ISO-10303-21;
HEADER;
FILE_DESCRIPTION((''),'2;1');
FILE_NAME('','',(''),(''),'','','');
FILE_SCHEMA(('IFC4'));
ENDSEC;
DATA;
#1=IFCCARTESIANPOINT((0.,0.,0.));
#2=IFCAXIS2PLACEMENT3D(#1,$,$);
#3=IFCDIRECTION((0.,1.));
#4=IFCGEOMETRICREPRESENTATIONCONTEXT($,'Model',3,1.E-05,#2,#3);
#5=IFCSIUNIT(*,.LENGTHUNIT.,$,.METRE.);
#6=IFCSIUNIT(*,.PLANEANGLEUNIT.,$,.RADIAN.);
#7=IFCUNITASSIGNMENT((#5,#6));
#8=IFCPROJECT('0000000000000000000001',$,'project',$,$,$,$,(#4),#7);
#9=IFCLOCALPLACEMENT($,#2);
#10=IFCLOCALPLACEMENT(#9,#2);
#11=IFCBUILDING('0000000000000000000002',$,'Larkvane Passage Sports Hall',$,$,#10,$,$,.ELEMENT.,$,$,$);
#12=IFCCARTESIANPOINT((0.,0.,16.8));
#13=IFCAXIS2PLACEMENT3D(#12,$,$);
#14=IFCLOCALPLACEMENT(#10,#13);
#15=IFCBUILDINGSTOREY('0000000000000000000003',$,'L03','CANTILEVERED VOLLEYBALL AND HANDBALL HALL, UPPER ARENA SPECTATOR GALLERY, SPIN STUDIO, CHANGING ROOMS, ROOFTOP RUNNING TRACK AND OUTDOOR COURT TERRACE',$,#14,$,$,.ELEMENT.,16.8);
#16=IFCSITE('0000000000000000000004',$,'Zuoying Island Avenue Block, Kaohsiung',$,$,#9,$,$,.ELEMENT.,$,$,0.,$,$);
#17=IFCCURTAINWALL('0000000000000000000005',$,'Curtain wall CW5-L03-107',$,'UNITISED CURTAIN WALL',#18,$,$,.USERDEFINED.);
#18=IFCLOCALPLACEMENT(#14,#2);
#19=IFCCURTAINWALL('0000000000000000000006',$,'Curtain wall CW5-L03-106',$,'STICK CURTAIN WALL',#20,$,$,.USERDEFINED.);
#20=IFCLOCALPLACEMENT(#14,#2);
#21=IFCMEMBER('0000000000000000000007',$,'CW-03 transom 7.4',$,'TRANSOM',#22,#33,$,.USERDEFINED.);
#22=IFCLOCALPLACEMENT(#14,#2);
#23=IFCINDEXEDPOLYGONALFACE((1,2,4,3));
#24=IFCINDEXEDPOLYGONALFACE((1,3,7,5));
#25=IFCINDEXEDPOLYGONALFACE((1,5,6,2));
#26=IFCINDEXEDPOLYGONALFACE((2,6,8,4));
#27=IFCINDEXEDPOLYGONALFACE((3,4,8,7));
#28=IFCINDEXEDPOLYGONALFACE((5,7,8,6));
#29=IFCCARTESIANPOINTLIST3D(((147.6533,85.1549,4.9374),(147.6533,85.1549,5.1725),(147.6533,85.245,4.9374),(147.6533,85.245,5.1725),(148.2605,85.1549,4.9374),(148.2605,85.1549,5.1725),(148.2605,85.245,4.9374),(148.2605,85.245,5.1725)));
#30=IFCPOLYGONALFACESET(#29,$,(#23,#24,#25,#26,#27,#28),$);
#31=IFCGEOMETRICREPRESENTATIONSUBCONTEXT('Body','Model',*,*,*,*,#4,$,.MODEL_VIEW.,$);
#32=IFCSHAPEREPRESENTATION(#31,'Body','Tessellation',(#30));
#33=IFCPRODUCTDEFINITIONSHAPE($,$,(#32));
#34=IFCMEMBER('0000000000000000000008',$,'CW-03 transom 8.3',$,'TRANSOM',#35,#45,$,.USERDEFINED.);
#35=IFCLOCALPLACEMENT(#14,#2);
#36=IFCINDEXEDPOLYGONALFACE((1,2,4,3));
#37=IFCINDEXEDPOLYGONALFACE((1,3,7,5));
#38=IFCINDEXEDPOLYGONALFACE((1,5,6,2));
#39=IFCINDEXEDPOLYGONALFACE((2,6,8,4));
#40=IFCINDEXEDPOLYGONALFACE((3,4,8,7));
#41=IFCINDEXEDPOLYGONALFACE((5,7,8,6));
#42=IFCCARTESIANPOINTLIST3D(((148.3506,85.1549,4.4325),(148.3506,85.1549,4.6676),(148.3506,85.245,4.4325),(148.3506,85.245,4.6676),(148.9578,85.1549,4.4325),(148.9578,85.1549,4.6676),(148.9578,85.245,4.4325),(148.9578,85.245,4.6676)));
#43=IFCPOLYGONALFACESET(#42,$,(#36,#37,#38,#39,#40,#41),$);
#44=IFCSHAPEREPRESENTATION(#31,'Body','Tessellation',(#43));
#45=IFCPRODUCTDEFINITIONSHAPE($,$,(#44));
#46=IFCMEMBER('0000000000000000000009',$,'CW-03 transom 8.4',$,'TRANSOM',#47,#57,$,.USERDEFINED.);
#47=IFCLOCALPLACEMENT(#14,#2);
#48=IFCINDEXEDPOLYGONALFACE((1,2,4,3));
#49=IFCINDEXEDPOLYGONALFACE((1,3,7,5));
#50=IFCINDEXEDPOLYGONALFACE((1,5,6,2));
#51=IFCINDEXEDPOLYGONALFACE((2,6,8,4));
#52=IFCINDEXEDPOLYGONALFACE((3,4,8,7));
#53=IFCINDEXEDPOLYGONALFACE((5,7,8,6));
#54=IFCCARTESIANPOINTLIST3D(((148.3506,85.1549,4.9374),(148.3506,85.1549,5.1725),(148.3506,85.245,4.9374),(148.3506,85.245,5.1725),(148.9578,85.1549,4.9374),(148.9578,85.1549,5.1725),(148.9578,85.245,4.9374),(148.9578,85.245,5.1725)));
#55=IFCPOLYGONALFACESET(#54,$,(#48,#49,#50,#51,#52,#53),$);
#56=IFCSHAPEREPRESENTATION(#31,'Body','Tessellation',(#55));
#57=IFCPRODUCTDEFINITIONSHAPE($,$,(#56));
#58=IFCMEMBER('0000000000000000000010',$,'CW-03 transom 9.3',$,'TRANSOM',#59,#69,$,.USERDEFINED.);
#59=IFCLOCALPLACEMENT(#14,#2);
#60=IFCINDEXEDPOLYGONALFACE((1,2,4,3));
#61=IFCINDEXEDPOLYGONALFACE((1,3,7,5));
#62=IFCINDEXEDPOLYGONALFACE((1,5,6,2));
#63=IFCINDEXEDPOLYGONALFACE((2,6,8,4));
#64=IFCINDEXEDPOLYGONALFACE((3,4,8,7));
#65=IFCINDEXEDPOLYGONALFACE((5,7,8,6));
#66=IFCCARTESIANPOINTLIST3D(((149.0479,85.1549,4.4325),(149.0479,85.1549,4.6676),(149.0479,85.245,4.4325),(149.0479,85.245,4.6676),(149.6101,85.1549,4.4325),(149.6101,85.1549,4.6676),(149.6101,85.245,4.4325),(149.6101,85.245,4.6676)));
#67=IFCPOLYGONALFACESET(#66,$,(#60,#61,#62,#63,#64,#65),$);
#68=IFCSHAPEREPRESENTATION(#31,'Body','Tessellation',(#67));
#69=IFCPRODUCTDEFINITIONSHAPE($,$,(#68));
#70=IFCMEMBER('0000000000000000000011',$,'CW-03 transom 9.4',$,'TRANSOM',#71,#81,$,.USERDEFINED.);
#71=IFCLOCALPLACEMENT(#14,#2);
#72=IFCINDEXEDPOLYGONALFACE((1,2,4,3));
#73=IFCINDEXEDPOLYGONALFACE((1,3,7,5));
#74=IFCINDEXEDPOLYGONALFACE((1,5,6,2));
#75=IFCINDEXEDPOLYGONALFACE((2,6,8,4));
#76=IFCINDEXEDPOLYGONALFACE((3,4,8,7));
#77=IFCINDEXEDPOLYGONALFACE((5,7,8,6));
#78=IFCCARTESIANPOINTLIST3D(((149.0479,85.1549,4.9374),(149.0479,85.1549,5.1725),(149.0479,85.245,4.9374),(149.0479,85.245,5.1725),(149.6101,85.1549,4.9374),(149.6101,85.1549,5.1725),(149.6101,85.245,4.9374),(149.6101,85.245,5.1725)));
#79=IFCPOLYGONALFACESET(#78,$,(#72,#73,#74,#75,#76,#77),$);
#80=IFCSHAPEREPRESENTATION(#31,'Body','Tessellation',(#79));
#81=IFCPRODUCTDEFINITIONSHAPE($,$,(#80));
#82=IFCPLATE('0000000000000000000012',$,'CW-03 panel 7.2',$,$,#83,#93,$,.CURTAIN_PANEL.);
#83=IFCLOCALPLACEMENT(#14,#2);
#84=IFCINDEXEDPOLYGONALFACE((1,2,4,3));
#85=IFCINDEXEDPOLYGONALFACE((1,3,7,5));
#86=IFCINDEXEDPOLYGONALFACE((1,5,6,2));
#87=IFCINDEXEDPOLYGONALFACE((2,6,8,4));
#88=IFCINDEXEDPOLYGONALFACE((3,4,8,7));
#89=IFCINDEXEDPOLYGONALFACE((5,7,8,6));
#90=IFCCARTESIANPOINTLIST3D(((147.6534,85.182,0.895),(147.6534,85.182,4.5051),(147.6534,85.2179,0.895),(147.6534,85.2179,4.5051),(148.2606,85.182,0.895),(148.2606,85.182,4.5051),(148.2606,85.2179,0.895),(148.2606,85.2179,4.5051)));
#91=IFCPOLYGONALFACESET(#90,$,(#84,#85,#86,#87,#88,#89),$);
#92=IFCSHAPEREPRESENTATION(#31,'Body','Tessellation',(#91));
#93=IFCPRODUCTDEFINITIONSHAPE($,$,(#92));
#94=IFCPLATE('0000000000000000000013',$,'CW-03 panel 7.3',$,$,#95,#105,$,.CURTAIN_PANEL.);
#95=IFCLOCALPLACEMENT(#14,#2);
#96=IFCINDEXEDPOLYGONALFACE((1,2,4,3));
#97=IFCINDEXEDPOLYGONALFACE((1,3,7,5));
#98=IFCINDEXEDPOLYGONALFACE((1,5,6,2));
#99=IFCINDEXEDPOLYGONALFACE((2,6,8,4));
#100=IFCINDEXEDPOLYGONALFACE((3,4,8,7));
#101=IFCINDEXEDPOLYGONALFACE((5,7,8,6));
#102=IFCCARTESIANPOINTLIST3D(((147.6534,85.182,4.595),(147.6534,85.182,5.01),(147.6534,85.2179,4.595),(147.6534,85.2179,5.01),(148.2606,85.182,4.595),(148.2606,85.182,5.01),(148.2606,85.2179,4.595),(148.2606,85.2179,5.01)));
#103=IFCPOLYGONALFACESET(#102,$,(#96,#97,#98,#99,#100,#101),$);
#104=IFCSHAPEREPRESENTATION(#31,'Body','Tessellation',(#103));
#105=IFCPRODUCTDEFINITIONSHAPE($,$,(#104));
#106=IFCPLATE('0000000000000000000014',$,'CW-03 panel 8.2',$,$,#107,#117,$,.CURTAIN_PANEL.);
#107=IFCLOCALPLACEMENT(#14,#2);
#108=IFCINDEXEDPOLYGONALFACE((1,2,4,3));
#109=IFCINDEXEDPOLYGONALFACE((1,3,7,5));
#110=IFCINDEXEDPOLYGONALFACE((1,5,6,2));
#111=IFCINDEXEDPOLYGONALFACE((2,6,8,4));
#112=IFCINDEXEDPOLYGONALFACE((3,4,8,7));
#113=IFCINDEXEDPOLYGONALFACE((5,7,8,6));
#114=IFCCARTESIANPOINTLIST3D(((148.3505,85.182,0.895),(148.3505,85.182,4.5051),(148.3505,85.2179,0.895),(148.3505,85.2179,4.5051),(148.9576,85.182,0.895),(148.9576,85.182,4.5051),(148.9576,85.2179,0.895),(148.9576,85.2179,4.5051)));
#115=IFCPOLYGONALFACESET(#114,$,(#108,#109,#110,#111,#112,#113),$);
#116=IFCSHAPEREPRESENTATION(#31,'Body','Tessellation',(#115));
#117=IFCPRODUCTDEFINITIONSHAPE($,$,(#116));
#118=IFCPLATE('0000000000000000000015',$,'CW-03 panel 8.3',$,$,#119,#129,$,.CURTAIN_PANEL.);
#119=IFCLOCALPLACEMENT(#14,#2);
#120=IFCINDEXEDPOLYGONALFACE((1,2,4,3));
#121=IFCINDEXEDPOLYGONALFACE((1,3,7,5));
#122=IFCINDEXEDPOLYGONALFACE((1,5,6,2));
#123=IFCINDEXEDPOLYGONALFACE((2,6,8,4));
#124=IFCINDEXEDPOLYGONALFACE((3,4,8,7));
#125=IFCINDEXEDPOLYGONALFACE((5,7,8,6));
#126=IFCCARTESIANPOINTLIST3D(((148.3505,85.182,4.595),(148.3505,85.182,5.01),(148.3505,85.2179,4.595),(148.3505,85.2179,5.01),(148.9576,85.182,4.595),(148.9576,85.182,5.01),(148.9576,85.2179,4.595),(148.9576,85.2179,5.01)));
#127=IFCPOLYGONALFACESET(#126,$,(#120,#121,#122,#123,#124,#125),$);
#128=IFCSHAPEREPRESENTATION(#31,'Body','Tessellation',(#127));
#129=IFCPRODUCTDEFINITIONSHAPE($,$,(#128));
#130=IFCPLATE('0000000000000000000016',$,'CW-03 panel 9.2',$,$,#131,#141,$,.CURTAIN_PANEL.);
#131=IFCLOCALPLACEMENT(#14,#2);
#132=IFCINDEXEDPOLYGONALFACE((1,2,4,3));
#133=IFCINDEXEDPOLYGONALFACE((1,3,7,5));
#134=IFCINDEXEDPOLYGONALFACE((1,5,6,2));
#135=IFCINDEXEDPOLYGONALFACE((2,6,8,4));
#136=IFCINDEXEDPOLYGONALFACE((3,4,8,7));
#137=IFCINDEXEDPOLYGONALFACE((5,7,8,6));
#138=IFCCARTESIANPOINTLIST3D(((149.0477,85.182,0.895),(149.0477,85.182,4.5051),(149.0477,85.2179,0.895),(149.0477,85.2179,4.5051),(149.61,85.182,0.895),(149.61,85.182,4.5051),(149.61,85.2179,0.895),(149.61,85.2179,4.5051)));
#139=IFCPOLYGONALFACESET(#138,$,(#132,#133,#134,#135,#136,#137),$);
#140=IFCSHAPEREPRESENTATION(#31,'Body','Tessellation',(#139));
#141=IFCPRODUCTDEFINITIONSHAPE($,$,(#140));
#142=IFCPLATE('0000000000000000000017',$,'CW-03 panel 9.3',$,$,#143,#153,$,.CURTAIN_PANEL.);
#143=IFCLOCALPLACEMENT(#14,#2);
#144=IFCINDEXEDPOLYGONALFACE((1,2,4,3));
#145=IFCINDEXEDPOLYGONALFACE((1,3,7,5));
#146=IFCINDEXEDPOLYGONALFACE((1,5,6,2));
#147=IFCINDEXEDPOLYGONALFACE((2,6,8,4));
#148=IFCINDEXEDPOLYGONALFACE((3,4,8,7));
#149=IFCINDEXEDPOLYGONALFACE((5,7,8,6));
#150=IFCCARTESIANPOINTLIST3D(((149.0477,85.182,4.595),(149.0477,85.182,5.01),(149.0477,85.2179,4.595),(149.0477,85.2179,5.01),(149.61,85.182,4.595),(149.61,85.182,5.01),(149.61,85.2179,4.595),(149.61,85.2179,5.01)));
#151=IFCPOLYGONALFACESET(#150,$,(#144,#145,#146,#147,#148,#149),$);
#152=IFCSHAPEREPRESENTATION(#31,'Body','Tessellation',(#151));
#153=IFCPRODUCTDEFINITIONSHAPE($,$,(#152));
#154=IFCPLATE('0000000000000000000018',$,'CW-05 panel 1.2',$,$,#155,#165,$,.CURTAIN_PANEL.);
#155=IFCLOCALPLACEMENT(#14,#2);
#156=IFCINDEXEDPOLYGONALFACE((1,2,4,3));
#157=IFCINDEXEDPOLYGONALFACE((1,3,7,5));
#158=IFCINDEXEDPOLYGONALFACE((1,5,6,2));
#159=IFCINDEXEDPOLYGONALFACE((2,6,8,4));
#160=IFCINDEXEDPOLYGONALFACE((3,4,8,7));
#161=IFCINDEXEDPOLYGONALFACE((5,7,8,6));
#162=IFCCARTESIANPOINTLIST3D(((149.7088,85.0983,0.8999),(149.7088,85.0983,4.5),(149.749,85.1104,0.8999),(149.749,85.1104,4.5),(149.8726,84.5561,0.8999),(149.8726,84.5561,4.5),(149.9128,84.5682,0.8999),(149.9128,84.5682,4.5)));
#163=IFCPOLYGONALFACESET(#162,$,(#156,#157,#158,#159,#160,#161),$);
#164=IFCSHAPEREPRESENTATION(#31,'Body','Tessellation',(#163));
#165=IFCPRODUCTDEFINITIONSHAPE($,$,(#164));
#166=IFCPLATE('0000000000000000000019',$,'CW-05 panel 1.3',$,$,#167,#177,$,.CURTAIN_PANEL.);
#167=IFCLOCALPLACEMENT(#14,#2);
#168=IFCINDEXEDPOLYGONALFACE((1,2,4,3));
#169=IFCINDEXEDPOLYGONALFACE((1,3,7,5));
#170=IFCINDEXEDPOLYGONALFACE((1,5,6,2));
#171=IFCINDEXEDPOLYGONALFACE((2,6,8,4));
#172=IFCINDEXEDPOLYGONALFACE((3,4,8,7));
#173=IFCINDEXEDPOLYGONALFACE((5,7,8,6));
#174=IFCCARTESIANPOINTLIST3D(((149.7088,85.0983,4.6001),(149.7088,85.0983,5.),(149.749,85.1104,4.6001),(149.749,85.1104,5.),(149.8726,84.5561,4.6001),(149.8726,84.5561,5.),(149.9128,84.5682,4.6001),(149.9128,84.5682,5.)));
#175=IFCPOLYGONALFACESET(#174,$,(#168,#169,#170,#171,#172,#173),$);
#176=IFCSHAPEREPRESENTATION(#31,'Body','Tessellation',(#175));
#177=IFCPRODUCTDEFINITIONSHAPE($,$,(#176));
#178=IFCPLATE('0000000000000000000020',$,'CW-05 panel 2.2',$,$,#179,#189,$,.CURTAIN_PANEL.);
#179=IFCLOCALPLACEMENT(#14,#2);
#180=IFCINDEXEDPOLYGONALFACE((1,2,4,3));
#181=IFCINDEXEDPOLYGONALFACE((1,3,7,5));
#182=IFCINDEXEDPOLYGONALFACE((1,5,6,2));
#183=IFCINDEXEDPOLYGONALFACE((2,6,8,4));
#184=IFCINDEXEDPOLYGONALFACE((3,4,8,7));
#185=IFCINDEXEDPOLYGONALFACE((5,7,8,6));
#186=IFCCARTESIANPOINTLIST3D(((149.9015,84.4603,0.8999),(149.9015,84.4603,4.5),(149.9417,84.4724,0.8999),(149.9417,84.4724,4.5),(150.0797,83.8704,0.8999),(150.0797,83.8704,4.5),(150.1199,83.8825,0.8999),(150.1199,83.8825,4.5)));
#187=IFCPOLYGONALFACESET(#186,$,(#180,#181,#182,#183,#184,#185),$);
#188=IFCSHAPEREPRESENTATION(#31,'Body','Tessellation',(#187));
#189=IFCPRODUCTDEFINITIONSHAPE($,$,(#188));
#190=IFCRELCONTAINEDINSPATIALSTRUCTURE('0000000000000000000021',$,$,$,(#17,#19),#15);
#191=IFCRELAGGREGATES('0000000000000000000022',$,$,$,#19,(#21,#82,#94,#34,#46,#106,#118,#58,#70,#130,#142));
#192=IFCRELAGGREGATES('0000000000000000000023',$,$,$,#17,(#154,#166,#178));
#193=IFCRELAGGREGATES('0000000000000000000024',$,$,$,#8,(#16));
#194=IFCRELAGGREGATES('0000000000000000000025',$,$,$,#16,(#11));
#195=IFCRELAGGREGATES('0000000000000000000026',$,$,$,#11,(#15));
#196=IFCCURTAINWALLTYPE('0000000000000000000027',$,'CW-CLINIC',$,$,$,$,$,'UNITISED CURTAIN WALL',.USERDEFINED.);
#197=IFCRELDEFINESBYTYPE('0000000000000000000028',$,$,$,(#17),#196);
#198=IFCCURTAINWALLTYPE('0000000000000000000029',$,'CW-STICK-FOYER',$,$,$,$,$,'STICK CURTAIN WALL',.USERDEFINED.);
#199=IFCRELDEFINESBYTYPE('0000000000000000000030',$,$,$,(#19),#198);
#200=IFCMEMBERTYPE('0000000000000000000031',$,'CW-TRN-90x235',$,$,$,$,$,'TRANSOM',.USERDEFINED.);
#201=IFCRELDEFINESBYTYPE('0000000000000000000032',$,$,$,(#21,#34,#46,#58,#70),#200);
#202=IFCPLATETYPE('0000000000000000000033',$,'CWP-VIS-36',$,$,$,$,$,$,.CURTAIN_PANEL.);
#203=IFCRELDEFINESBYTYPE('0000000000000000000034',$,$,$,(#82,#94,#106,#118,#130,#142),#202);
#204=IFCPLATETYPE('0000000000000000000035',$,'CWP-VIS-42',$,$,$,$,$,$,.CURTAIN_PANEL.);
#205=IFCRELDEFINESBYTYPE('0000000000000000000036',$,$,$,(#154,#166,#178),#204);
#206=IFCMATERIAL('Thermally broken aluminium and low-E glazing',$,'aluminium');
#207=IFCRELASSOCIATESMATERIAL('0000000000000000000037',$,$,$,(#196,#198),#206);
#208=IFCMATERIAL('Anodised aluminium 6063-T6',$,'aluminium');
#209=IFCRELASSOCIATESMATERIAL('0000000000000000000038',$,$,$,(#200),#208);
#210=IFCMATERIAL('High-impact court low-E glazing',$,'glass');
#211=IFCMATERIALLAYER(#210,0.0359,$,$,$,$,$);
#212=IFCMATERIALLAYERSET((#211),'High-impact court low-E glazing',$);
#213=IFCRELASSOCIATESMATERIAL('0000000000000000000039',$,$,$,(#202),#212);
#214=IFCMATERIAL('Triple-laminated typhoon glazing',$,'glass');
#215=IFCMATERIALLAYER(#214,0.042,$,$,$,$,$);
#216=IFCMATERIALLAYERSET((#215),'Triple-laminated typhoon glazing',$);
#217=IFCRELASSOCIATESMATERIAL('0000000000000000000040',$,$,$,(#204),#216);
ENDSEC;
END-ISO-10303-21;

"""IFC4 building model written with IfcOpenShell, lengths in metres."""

from ifc_helpers import new_model, si_unit, direction, frame, origin, origin_2d, place, context, subcontext, project, spatial, rectangle, extrude, material, layer, layer_set, material_profile, profile_set, type_object, element, aggregate, save


model = new_model("IFC4")

# Units and contexts
model_context = context("Model", 3, precision=1e-05, world=origin(), true_north=direction((0.0, 1.0)))
body_context = subcontext(model_context, "Body", "Model", "MODEL_VIEW")
ifc_project = project(units=[si_unit("LENGTHUNIT", "METRE"), si_unit("PLANEANGLEUNIT", "RADIAN")], contexts=[model_context])

# Site, building, storey
site_placement = place(None, origin())
site = spatial("IfcSite", under=ifc_project, at=site_placement, Name="Zuoying Island Avenue Block, Kaohsiung", CompositionType="ELEMENT", RefElevation=0.0)
building_placement = place(site_placement, origin())
building = spatial("IfcBuilding", under=site, at=building_placement, Name="Larkvane Passage Sports Hall", CompositionType="ELEMENT")
storey_placement = place(building_placement, frame((0.0, 0.0, 16.8)))
storey = spatial("IfcBuildingStorey", under=building, at=storey_placement, Name="L03", Description="CANTILEVERED VOLLEYBALL AND HANDBALL HALL, UPPER ARENA SPECTATOR GALLERY, SPIN STUDIO, CHANGING ROOMS, ROOFTOP RUNNING TRACK AND OUTDOOR COURT TERRACE", CompositionType="ELEMENT", Elevation=16.8)

# Curtain wall
ifc_material_1 = material(Name="Thermally broken aluminium and low-E glazing", Category="aluminium")
curtain_wall_type_1 = type_object("IfcCurtainWallType", Name="CW-CLINIC", ElementType="UNITISED CURTAIN WALL", PredefinedType="USERDEFINED", material=ifc_material_1)
curtain_wall_1_placement = place(storey_placement, origin())
curtain_wall_1 = element("IfcCurtainWall", 1, at=curtain_wall_1_placement, inside=storey, type_object=curtain_wall_type_1, Name="Curtain wall CW5-L03-107", ObjectType="UNITISED CURTAIN WALL", PredefinedType="USERDEFINED")
ifc_material_2 = material(Name="Anodised aluminium 6063-T6", Category="aluminium")

# Curtain wall, members, plates
curtain_wall_type_2 = type_object("IfcCurtainWallType", Name="CW-STICK-FOYER", ElementType="STICK CURTAIN WALL", PredefinedType="USERDEFINED", material=ifc_material_1)
curtain_wall_2_placement = place(storey_placement, origin())
curtain_wall_2 = element("IfcCurtainWall", 2, at=curtain_wall_2_placement, inside=storey, type_object=curtain_wall_type_2, Name="Curtain wall CW5-L03-106", ObjectType="STICK CURTAIN WALL", PredefinedType="USERDEFINED")
ifc_material_profile_1 = material_profile(ifc_material_2, rectangle(XDim=0.0901, YDim=0.2351, at=origin_2d()), Name="ALU-TRN-90x235")
ifc_profile_set_1 = profile_set([ifc_material_profile_1], Name="Anodised aluminium 6063-T6")
member_type_1 = type_object("IfcMemberType", Name="CW-TRN-90x235", ElementType="TRANSOM", PredefinedType="USERDEFINED", material=ifc_profile_set_1)
member_1_placement = place(storey_placement, frame((147.6533, 85.2, 5.0549), z_axis=(1.0, 0.0, 0.0), x_axis=(0.0, 1.0, 0.0)))
member_1 = element("IfcMember", 3, at=member_1_placement, type_object=member_type_1, Name="CW-03 transom 7.4", ObjectType="TRANSOM", PredefinedType="USERDEFINED", context=body_context, shape_type="SweptSolid", body=[
    extrude(rectangle(XDim=0.0901, YDim=0.2351, at=origin_2d()), origin(), (0.0, 0.0, 1.0), 0.6072),
])
member_2_placement = place(storey_placement, frame((148.3506, 85.2, 4.55), z_axis=(1.0, 0.0, 0.0), x_axis=(0.0, 1.0, 0.0)))
member_2 = element("IfcMember", 4, at=member_2_placement, type_object=member_type_1, Name="CW-03 transom 8.3", ObjectType="TRANSOM", PredefinedType="USERDEFINED", context=body_context, shape_type="SweptSolid", body=[
    extrude(rectangle(XDim=0.0901, YDim=0.2351, at=origin_2d()), origin(), (0.0, 0.0, 1.0), 0.6072),
])
member_3_placement = place(storey_placement, frame((148.3506, 85.2, 5.0549), z_axis=(1.0, 0.0, 0.0), x_axis=(0.0, 1.0, 0.0)))
member_3 = element("IfcMember", 5, at=member_3_placement, type_object=member_type_1, Name="CW-03 transom 8.4", ObjectType="TRANSOM", PredefinedType="USERDEFINED", context=body_context, shape_type="SweptSolid", body=[
    extrude(rectangle(XDim=0.0901, YDim=0.2351, at=origin_2d()), origin(), (0.0, 0.0, 1.0), 0.6072),
])
member_4_placement = place(storey_placement, frame((149.0479, 85.2, 4.55), z_axis=(1.0, 0.0, 0.0), x_axis=(0.0, 1.0, 0.0)))
member_4 = element("IfcMember", 6, at=member_4_placement, type_object=member_type_1, Name="CW-03 transom 9.3", ObjectType="TRANSOM", PredefinedType="USERDEFINED", context=body_context, shape_type="SweptSolid", body=[
    extrude(rectangle(XDim=0.0901, YDim=0.2351, at=origin_2d()), origin(), (0.0, 0.0, 1.0), 0.5623),
])
member_5_placement = place(storey_placement, frame((149.0479, 85.2, 5.0549), z_axis=(1.0, 0.0, 0.0), x_axis=(0.0, 1.0, 0.0)))
member_5 = element("IfcMember", 7, at=member_5_placement, type_object=member_type_1, Name="CW-03 transom 9.4", ObjectType="TRANSOM", PredefinedType="USERDEFINED", context=body_context, shape_type="SweptSolid", body=[
    extrude(rectangle(XDim=0.0901, YDim=0.2351, at=origin_2d()), origin(), (0.0, 0.0, 1.0), 0.5623),
])
ifc_material_3 = material(Name="High-impact court low-E glazing", Category="glass")
ifc_layer_1 = layer(ifc_material_3, 0.0359)
ifc_layer_set_1 = layer_set([ifc_layer_1], Name="High-impact court low-E glazing")
plate_type_1 = type_object("IfcPlateType", Name="CWP-VIS-36", PredefinedType="CURTAIN_PANEL", material=ifc_layer_set_1)
plate_1_placement = place(storey_placement, frame((147.957, 85.2, 0.895), z_axis=(0.0, 0.0, 1.0), x_axis=(1.0, 0.0, 0.0)))
plate_1 = element("IfcPlate", 8, at=plate_1_placement, type_object=plate_type_1, Name="CW-03 panel 7.2", PredefinedType="CURTAIN_PANEL", context=body_context, shape_type="SweptSolid", body=[
    extrude(rectangle(XDim=0.6072, YDim=0.0359, at=origin_2d()), origin(), (0.0, 0.0, 1.0), 3.6101),
])
plate_2_placement = place(storey_placement, frame((147.957, 85.2, 4.595), z_axis=(0.0, 0.0, 1.0), x_axis=(1.0, 0.0, 0.0)))
plate_2 = element("IfcPlate", 9, at=plate_2_placement, type_object=plate_type_1, Name="CW-03 panel 7.3", PredefinedType="CURTAIN_PANEL", context=body_context, shape_type="SweptSolid", body=[
    extrude(rectangle(XDim=0.6072, YDim=0.0359, at=origin_2d()), origin(), (0.0, 0.0, 1.0), 0.415),
])
plate_3_placement = place(storey_placement, frame((148.6541, 85.2, 0.895), z_axis=(0.0, 0.0, 1.0), x_axis=(1.0, 0.0, 0.0)))
plate_3 = element("IfcPlate", 10, at=plate_3_placement, type_object=plate_type_1, Name="CW-03 panel 8.2", PredefinedType="CURTAIN_PANEL", context=body_context, shape_type="SweptSolid", body=[
    extrude(rectangle(XDim=0.6072, YDim=0.0359, at=origin_2d()), origin(), (0.0, 0.0, 1.0), 3.6101),
])
plate_4_placement = place(storey_placement, frame((148.6541, 85.2, 4.595), z_axis=(0.0, 0.0, 1.0), x_axis=(1.0, 0.0, 0.0)))
plate_4 = element("IfcPlate", 11, at=plate_4_placement, type_object=plate_type_1, Name="CW-03 panel 8.3", PredefinedType="CURTAIN_PANEL", context=body_context, shape_type="SweptSolid", body=[
    extrude(rectangle(XDim=0.6072, YDim=0.0359, at=origin_2d()), origin(), (0.0, 0.0, 1.0), 0.415),
])
plate_5_placement = place(storey_placement, frame((149.3289, 85.2, 0.895), z_axis=(0.0, 0.0, 1.0), x_axis=(1.0, 0.0, 0.0)))
plate_5 = element("IfcPlate", 12, at=plate_5_placement, type_object=plate_type_1, Name="CW-03 panel 9.2", PredefinedType="CURTAIN_PANEL", context=body_context, shape_type="SweptSolid", body=[
    extrude(rectangle(XDim=0.5623, YDim=0.0359, at=origin_2d()), origin(), (0.0, 0.0, 1.0), 3.6101),
])
plate_6_placement = place(storey_placement, frame((149.3289, 85.2, 4.595), z_axis=(0.0, 0.0, 1.0), x_axis=(1.0, 0.0, 0.0)))
plate_6 = element("IfcPlate", 13, at=plate_6_placement, type_object=plate_type_1, Name="CW-03 panel 9.3", PredefinedType="CURTAIN_PANEL", context=body_context, shape_type="SweptSolid", body=[
    extrude(rectangle(XDim=0.5623, YDim=0.0359, at=origin_2d()), origin(), (0.0, 0.0, 1.0), 0.415),
])
aggregate(curtain_wall_2, [member_1, plate_1, plate_2, member_2, member_3, plate_3, plate_4, member_4, member_5, plate_5, plate_6])

# Plates
ifc_material_4 = material(Name="Triple-laminated typhoon glazing", Category="glass")
ifc_layer_2 = layer(ifc_material_4, 0.042)
ifc_layer_set_2 = layer_set([ifc_layer_2], Name="Triple-laminated typhoon glazing")
plate_type_2 = type_object("IfcPlateType", Name="CWP-VIS-42", PredefinedType="CURTAIN_PANEL", material=ifc_layer_set_2)
plate_7_placement = place(storey_placement, frame((149.8108, 84.8333, 0.8999), z_axis=(0.0, 0.0, 1.0), x_axis=(0.289177, -0.957276, 0.0)))
plate_7 = element("IfcPlate", 14, at=plate_7_placement, type_object=plate_type_2, Name="CW-05 panel 1.2", PredefinedType="CURTAIN_PANEL", context=body_context, shape_type="SweptSolid", body=[
    extrude(rectangle(XDim=0.5664, YDim=0.042, at=origin_2d()), origin(), (0.0, 0.0, 1.0), 3.6001),
])
plate_8_placement = place(storey_placement, frame((149.8108, 84.8333, 4.6001), z_axis=(0.0, 0.0, 1.0), x_axis=(0.289177, -0.957276, 0.0)))
plate_8 = element("IfcPlate", 15, at=plate_8_placement, type_object=plate_type_2, Name="CW-05 panel 1.3", PredefinedType="CURTAIN_PANEL", context=body_context, shape_type="SweptSolid", body=[
    extrude(rectangle(XDim=0.5664, YDim=0.042, at=origin_2d()), origin(), (0.0, 0.0, 1.0), 0.3999),
])
plate_9_placement = place(storey_placement, frame((150.0107, 84.1714, 0.8999), z_axis=(0.0, 0.0, 1.0), x_axis=(0.289177, -0.957276, 0.0)))
plate_9 = element("IfcPlate", 16, at=plate_9_placement, type_object=plate_type_2, Name="CW-05 panel 2.2", PredefinedType="CURTAIN_PANEL", context=body_context, shape_type="SweptSolid", body=[
    extrude(rectangle(XDim=0.6162, YDim=0.042, at=origin_2d()), origin(), (0.0, 0.0, 1.0), 3.6001),
])
aggregate(curtain_wall_1, [plate_7, plate_8, plate_9])

save(model, "model.ifc")
